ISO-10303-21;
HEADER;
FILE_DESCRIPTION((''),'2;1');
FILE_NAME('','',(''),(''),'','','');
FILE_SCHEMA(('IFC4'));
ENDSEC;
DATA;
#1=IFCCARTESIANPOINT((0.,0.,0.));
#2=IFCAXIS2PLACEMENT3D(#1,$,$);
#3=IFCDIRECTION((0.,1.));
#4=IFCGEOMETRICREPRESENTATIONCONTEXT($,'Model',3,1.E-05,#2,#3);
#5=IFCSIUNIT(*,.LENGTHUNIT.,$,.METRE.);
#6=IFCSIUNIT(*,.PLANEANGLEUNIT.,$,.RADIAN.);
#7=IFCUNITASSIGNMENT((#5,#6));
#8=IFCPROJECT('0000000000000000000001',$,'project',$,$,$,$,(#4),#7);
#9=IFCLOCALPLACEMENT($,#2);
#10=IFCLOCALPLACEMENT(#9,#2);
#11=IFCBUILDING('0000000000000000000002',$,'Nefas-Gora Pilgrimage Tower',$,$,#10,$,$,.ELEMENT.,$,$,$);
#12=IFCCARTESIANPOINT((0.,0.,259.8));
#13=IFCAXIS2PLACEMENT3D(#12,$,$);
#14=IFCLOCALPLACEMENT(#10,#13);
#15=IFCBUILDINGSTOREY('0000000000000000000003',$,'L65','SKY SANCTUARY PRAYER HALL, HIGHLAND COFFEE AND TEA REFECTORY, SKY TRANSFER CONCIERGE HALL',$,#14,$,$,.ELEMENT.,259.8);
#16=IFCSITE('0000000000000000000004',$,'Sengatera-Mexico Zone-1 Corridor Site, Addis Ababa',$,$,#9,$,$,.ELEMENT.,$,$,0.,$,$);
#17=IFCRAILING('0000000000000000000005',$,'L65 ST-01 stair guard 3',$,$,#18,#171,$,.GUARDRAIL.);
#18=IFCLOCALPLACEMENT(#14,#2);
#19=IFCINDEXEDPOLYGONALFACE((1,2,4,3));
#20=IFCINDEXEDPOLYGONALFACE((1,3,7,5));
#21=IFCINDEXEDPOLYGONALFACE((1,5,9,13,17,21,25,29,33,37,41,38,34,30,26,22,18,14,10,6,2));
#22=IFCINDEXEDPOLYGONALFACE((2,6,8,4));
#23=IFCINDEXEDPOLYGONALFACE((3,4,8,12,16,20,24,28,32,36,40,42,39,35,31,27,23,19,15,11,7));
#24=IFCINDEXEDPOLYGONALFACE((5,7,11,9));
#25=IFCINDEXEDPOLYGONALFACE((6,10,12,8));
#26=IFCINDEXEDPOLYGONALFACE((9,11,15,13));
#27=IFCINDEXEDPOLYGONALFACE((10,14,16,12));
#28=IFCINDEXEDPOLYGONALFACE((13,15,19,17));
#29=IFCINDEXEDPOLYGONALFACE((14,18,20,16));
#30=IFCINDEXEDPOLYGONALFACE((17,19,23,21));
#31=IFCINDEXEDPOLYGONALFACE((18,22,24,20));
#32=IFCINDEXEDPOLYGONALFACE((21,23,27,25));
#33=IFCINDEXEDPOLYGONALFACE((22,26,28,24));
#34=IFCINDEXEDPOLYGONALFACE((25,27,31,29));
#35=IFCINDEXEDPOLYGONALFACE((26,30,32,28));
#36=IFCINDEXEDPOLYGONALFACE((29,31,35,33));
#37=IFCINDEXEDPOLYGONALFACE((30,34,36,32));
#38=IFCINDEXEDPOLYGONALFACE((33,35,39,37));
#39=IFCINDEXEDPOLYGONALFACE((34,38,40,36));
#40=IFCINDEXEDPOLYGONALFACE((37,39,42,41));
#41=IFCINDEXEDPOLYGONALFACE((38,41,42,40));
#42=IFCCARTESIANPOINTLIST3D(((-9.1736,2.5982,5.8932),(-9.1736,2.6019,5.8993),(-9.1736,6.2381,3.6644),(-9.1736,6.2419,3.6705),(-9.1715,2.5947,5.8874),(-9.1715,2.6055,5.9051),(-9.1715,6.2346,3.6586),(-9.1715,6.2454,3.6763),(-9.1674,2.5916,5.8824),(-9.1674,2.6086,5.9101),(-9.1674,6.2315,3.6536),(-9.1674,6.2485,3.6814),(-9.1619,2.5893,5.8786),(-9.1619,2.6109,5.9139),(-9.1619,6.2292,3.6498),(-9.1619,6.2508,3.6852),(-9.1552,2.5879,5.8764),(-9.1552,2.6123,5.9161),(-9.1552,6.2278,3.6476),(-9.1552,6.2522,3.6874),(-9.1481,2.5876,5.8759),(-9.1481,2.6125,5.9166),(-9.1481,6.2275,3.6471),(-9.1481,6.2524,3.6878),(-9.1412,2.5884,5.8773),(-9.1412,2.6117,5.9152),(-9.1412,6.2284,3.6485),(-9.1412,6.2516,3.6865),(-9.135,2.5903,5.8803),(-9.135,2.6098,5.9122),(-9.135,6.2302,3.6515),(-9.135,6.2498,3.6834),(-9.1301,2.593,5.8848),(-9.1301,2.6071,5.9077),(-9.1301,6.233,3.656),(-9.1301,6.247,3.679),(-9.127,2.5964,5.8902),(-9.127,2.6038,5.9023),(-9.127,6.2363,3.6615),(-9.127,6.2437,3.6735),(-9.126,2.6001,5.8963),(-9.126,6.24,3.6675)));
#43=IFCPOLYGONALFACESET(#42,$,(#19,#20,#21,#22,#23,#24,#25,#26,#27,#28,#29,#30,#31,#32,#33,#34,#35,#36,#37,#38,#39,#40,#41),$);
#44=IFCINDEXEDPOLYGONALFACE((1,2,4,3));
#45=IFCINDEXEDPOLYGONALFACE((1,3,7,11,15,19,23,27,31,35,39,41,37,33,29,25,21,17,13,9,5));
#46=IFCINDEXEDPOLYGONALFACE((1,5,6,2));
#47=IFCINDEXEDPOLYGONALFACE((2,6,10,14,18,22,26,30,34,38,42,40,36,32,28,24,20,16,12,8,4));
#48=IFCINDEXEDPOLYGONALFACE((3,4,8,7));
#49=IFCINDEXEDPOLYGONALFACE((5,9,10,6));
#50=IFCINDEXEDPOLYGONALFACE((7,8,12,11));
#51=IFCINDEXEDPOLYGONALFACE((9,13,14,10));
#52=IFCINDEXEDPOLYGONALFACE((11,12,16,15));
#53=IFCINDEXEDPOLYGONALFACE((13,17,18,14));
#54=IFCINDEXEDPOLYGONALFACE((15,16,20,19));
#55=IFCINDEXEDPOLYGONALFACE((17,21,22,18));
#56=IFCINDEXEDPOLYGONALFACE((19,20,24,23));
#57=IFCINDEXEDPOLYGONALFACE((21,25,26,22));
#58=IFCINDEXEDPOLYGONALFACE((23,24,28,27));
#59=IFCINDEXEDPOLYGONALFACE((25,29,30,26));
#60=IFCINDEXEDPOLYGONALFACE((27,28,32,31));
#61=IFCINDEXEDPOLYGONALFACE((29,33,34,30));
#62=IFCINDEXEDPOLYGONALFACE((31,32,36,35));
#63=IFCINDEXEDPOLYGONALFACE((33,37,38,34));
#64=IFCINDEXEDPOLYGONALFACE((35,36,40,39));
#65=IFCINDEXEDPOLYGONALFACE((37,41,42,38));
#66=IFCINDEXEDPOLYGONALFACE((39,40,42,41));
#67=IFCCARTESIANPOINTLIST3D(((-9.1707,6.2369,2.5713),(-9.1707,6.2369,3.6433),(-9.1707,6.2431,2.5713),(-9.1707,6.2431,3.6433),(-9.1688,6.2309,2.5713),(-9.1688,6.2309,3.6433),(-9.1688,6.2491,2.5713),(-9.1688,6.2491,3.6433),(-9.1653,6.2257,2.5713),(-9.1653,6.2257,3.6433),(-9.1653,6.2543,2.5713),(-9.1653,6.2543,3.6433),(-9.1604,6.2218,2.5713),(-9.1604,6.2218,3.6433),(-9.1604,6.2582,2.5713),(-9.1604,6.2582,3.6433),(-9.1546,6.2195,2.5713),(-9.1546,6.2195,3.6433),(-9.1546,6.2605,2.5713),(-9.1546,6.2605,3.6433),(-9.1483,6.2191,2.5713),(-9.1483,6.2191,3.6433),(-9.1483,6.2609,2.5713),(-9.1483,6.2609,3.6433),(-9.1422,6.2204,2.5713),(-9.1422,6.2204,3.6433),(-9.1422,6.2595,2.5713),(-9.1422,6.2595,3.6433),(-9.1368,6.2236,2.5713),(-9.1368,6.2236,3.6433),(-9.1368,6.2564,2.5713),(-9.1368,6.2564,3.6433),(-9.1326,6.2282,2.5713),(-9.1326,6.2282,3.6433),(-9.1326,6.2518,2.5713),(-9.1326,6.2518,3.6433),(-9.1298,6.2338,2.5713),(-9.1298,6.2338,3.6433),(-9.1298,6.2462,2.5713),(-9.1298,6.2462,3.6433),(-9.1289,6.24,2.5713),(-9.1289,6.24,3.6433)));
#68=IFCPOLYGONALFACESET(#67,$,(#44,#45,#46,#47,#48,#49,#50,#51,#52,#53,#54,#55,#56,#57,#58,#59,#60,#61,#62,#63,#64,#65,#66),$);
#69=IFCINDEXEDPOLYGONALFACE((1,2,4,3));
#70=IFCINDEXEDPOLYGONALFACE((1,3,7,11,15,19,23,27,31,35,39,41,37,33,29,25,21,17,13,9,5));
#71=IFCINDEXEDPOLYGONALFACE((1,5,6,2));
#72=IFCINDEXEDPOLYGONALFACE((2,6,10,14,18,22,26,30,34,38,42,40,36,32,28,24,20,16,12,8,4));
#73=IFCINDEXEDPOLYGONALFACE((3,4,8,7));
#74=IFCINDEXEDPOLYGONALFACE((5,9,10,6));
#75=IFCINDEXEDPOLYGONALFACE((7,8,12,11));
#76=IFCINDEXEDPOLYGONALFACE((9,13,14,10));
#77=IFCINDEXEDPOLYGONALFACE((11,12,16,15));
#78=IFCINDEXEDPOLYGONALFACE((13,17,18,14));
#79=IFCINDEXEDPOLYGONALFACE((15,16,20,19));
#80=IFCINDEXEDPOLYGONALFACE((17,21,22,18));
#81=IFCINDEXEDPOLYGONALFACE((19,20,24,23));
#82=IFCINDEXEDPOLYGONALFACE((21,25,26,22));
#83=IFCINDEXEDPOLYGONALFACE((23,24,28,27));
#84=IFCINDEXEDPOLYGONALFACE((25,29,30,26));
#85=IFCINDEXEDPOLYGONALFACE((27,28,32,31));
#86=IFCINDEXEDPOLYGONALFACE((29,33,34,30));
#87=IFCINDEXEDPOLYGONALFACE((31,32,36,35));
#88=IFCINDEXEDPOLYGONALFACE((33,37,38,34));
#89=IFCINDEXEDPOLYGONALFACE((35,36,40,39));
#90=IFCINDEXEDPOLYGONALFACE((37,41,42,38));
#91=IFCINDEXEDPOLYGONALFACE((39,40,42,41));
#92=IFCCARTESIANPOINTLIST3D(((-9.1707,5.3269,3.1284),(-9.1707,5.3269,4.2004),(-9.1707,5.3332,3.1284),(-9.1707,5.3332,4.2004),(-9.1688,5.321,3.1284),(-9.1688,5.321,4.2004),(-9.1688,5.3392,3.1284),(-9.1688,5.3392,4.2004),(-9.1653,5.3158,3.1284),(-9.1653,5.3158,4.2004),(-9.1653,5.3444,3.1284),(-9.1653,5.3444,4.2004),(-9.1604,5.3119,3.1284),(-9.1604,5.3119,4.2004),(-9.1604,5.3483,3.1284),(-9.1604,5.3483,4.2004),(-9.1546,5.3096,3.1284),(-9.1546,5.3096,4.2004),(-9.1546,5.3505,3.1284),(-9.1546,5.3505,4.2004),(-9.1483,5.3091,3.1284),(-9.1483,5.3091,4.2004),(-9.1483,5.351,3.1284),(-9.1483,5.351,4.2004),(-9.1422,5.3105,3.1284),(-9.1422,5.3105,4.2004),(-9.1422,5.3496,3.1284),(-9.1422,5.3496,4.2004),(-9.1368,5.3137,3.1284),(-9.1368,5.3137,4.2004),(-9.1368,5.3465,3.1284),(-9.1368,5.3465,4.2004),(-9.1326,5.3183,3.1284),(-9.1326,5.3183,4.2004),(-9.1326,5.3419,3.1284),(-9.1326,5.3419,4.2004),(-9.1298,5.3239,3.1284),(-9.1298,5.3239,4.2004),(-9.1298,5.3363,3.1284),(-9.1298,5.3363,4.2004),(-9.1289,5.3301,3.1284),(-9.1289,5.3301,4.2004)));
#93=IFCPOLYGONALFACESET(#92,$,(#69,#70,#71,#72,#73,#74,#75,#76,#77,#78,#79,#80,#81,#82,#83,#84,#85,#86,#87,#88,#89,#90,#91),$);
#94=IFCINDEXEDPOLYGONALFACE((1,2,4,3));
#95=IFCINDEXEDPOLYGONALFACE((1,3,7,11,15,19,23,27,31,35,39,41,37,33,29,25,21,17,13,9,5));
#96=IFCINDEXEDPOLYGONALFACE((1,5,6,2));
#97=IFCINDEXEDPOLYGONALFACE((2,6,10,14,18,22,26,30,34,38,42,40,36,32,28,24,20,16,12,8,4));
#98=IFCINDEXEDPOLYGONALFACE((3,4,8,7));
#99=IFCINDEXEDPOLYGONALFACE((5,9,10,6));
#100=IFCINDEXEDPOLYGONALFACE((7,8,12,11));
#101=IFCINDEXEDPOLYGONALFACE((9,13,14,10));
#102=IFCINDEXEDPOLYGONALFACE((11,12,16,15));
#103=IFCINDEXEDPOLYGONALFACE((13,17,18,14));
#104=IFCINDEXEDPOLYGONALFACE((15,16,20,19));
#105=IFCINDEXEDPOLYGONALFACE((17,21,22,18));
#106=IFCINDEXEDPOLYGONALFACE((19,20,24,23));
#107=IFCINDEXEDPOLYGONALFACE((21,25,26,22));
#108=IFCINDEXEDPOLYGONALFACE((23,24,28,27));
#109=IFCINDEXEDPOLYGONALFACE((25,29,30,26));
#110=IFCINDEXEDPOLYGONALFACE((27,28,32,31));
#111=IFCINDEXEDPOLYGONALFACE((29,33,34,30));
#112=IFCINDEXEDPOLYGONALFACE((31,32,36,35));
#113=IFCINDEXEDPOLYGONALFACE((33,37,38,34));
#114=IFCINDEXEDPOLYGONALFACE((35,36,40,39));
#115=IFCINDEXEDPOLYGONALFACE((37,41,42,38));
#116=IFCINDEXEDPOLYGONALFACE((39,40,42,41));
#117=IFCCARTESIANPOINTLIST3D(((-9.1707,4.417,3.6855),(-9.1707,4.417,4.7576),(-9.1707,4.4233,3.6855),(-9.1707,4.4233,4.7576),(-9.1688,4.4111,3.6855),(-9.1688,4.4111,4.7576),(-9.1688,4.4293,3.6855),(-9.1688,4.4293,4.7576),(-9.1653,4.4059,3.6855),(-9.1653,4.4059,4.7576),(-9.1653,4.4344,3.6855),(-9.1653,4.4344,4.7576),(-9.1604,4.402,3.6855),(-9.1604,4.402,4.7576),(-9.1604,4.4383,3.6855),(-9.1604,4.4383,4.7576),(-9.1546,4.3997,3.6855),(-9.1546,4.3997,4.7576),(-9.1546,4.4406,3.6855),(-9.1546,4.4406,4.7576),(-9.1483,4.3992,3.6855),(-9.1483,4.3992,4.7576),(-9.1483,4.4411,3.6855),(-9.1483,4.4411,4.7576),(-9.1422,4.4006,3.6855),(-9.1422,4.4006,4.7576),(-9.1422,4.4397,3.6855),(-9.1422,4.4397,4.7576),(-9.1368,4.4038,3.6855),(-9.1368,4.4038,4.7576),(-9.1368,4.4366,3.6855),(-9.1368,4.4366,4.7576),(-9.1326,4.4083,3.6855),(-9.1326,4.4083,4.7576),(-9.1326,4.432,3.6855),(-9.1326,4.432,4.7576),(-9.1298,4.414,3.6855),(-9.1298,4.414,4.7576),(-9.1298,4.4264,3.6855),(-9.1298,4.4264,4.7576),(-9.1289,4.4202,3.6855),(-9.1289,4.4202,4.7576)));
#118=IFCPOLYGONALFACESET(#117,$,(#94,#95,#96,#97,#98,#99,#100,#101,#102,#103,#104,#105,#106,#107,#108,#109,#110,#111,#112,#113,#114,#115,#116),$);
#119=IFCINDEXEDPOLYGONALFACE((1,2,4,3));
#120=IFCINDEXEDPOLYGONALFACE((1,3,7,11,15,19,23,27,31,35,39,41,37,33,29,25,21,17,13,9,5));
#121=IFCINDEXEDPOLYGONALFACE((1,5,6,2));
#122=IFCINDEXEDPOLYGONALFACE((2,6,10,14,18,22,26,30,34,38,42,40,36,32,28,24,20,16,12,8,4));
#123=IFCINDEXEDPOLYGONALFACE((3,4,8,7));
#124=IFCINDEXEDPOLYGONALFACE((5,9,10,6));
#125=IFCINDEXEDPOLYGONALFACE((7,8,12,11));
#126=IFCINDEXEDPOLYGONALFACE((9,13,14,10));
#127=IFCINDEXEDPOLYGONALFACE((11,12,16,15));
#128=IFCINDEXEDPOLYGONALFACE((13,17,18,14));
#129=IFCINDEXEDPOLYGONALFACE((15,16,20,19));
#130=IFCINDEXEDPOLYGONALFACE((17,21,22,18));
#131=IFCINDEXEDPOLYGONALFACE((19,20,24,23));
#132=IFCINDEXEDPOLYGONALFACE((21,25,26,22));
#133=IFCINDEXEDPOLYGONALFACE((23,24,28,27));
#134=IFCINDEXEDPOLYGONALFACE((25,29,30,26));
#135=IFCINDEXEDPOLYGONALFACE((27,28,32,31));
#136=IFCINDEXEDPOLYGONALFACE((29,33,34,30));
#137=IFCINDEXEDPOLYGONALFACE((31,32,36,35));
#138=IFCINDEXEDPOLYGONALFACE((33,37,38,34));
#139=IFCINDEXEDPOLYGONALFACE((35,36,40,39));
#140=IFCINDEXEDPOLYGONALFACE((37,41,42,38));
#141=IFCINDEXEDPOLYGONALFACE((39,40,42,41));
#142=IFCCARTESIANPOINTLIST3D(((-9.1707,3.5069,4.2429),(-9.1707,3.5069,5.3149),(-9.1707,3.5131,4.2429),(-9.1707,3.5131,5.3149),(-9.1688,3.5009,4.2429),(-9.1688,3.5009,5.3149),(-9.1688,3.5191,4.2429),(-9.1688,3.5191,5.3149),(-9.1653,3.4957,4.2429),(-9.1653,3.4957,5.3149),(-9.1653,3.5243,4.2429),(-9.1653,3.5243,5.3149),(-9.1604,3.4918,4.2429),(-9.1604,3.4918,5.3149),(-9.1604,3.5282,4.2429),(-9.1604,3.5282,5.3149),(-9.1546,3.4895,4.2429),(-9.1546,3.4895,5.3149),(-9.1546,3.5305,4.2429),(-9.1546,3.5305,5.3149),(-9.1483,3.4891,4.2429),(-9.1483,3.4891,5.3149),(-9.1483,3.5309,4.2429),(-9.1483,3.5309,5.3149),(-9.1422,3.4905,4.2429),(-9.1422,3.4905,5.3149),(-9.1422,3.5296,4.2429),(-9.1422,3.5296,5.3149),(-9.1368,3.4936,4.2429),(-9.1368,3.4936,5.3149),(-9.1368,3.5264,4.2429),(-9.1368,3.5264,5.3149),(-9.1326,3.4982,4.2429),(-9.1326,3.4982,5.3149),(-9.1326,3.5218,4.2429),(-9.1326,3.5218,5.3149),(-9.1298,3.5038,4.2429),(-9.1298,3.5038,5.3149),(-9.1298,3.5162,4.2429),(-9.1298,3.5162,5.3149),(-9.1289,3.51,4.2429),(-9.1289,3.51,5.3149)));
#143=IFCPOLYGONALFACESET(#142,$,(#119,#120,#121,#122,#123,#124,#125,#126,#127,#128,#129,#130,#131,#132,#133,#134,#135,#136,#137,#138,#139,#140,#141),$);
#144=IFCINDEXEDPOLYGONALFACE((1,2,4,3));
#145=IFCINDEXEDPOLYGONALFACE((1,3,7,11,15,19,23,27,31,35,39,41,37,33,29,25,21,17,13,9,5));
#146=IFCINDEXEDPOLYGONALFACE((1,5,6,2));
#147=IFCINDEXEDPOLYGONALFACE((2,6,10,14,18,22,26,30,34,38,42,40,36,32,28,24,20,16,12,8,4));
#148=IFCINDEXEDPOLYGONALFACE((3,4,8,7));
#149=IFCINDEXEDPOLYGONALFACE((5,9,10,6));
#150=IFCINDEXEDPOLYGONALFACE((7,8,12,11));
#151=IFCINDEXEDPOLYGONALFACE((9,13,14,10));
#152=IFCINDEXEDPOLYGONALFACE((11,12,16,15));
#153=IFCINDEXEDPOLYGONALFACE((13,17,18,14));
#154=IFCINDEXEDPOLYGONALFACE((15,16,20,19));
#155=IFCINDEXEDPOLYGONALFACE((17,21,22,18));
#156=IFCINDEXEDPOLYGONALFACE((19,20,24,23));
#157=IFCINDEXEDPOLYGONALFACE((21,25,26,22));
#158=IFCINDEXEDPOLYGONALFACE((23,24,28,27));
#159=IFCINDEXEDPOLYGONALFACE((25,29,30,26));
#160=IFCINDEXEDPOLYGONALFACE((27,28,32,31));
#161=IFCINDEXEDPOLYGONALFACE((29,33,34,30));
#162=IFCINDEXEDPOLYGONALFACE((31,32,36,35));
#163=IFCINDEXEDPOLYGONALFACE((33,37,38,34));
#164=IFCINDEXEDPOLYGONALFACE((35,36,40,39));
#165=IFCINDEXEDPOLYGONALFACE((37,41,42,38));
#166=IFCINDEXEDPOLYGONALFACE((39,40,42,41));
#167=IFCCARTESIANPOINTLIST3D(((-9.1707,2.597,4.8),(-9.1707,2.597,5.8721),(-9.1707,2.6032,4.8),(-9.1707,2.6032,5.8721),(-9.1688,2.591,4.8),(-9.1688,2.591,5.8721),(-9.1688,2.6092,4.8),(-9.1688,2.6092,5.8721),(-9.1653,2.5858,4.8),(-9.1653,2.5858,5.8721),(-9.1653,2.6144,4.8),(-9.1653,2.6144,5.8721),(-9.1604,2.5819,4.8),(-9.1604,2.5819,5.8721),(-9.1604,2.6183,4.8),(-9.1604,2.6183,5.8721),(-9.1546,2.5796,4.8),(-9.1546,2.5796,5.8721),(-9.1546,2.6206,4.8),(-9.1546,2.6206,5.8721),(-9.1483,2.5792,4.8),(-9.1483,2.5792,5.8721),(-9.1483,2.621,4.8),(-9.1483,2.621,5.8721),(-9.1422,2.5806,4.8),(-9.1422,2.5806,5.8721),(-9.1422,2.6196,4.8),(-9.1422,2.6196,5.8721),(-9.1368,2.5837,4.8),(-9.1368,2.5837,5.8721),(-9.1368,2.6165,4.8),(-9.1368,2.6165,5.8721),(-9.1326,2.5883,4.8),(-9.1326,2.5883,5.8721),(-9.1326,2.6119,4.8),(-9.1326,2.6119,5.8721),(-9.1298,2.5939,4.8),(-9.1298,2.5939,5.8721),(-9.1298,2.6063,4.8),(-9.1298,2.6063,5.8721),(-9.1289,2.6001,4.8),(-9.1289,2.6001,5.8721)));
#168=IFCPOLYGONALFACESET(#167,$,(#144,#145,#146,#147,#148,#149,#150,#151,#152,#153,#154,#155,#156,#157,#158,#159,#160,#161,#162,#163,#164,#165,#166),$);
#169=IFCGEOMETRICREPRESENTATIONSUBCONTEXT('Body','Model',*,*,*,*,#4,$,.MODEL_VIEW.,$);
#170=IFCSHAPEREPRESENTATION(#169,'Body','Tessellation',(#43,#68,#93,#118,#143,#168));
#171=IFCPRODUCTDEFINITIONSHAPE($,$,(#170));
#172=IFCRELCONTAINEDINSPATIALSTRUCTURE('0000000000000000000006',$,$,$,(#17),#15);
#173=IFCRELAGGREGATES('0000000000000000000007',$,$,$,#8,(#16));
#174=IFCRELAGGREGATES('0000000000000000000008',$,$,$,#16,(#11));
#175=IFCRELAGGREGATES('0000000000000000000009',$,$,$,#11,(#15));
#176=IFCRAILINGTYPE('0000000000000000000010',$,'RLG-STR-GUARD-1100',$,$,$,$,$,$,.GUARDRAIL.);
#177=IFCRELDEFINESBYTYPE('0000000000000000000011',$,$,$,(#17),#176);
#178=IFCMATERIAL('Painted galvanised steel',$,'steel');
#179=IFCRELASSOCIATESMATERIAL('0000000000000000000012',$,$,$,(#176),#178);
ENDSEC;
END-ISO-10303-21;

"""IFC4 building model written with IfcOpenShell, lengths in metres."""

from ifc_helpers import new_model, si_unit, direction, frame, origin, origin_2d, place, context, subcontext, project, spatial, circle, extrude, material, type_object, element, save


model = new_model("IFC4")

# Units and contexts
model_context = context("Model", 3, precision=1e-05, world=origin(), true_north=direction((0.0, 1.0)))
body_context = subcontext(model_context, "Body", "Model", "MODEL_VIEW")
ifc_project = project(units=[si_unit("LENGTHUNIT", "METRE"), si_unit("PLANEANGLEUNIT", "RADIAN")], contexts=[model_context])

# Site, building, storey
site_placement = place(None, origin())
site = spatial("IfcSite", under=ifc_project, at=site_placement, Name="Sengatera-Mexico Zone-1 Corridor Site, Addis Ababa", CompositionType="ELEMENT", RefElevation=0.0)
building_placement = place(site_placement, origin())
building = spatial("IfcBuilding", under=site, at=building_placement, Name="Nefas-Gora Pilgrimage Tower", CompositionType="ELEMENT")
storey_placement = place(building_placement, frame((0.0, 0.0, 259.8)))
storey = spatial("IfcBuildingStorey", under=building, at=storey_placement, Name="L65", Description="SKY SANCTUARY PRAYER HALL, HIGHLAND COFFEE AND TEA REFECTORY, SKY TRANSFER CONCIERGE HALL", CompositionType="ELEMENT", Elevation=259.8)

# Railing
ifc_material_1 = material(Name="Painted galvanised steel", Category="steel")
railing_type_1 = type_object("IfcRailingType", Name="RLG-STR-GUARD-1100", PredefinedType="GUARDRAIL", material=ifc_material_1)
railing_1_placement = place(storey_placement, frame((-9.1499, 6.24, 2.5713)))
element("IfcRailing", 1, at=railing_1_placement, inside=storey, type_object=railing_type_1, Name="L65 ST-01 stair guard 3", PredefinedType="GUARDRAIL", context=body_context, shape_type="SweptSolid", body=[
    extrude(circle(Radius=0.0239, at=origin_2d()), frame((0.0, 0.0, 1.0962), z_axis=(0.0, -0.852825, 0.522197), x_axis=(1.0, 0.0, 0.0)), (0.0, 0.0, 1.0), 4.2681),
    extrude(circle(Radius=0.021, at=origin_2d()), origin(), (0.0, 0.0, 1.0), 1.072),
    extrude(circle(Radius=0.021, at=origin_2d()), frame((0.0, -0.9099, 0.5571)), (0.0, 0.0, 1.0), 1.072),
    extrude(circle(Radius=0.021, at=origin_2d()), frame((0.0, -1.8198, 1.1143)), (0.0, 0.0, 1.0), 1.072),
    extrude(circle(Radius=0.021, at=origin_2d()), frame((0.0, -2.73, 1.6716)), (0.0, 0.0, 1.0), 1.072),
    extrude(circle(Radius=0.021, at=origin_2d()), frame((0.0, -3.6399, 2.2288)), (0.0, 0.0, 1.0), 1.072),
])

save(model, "model.ifc")
